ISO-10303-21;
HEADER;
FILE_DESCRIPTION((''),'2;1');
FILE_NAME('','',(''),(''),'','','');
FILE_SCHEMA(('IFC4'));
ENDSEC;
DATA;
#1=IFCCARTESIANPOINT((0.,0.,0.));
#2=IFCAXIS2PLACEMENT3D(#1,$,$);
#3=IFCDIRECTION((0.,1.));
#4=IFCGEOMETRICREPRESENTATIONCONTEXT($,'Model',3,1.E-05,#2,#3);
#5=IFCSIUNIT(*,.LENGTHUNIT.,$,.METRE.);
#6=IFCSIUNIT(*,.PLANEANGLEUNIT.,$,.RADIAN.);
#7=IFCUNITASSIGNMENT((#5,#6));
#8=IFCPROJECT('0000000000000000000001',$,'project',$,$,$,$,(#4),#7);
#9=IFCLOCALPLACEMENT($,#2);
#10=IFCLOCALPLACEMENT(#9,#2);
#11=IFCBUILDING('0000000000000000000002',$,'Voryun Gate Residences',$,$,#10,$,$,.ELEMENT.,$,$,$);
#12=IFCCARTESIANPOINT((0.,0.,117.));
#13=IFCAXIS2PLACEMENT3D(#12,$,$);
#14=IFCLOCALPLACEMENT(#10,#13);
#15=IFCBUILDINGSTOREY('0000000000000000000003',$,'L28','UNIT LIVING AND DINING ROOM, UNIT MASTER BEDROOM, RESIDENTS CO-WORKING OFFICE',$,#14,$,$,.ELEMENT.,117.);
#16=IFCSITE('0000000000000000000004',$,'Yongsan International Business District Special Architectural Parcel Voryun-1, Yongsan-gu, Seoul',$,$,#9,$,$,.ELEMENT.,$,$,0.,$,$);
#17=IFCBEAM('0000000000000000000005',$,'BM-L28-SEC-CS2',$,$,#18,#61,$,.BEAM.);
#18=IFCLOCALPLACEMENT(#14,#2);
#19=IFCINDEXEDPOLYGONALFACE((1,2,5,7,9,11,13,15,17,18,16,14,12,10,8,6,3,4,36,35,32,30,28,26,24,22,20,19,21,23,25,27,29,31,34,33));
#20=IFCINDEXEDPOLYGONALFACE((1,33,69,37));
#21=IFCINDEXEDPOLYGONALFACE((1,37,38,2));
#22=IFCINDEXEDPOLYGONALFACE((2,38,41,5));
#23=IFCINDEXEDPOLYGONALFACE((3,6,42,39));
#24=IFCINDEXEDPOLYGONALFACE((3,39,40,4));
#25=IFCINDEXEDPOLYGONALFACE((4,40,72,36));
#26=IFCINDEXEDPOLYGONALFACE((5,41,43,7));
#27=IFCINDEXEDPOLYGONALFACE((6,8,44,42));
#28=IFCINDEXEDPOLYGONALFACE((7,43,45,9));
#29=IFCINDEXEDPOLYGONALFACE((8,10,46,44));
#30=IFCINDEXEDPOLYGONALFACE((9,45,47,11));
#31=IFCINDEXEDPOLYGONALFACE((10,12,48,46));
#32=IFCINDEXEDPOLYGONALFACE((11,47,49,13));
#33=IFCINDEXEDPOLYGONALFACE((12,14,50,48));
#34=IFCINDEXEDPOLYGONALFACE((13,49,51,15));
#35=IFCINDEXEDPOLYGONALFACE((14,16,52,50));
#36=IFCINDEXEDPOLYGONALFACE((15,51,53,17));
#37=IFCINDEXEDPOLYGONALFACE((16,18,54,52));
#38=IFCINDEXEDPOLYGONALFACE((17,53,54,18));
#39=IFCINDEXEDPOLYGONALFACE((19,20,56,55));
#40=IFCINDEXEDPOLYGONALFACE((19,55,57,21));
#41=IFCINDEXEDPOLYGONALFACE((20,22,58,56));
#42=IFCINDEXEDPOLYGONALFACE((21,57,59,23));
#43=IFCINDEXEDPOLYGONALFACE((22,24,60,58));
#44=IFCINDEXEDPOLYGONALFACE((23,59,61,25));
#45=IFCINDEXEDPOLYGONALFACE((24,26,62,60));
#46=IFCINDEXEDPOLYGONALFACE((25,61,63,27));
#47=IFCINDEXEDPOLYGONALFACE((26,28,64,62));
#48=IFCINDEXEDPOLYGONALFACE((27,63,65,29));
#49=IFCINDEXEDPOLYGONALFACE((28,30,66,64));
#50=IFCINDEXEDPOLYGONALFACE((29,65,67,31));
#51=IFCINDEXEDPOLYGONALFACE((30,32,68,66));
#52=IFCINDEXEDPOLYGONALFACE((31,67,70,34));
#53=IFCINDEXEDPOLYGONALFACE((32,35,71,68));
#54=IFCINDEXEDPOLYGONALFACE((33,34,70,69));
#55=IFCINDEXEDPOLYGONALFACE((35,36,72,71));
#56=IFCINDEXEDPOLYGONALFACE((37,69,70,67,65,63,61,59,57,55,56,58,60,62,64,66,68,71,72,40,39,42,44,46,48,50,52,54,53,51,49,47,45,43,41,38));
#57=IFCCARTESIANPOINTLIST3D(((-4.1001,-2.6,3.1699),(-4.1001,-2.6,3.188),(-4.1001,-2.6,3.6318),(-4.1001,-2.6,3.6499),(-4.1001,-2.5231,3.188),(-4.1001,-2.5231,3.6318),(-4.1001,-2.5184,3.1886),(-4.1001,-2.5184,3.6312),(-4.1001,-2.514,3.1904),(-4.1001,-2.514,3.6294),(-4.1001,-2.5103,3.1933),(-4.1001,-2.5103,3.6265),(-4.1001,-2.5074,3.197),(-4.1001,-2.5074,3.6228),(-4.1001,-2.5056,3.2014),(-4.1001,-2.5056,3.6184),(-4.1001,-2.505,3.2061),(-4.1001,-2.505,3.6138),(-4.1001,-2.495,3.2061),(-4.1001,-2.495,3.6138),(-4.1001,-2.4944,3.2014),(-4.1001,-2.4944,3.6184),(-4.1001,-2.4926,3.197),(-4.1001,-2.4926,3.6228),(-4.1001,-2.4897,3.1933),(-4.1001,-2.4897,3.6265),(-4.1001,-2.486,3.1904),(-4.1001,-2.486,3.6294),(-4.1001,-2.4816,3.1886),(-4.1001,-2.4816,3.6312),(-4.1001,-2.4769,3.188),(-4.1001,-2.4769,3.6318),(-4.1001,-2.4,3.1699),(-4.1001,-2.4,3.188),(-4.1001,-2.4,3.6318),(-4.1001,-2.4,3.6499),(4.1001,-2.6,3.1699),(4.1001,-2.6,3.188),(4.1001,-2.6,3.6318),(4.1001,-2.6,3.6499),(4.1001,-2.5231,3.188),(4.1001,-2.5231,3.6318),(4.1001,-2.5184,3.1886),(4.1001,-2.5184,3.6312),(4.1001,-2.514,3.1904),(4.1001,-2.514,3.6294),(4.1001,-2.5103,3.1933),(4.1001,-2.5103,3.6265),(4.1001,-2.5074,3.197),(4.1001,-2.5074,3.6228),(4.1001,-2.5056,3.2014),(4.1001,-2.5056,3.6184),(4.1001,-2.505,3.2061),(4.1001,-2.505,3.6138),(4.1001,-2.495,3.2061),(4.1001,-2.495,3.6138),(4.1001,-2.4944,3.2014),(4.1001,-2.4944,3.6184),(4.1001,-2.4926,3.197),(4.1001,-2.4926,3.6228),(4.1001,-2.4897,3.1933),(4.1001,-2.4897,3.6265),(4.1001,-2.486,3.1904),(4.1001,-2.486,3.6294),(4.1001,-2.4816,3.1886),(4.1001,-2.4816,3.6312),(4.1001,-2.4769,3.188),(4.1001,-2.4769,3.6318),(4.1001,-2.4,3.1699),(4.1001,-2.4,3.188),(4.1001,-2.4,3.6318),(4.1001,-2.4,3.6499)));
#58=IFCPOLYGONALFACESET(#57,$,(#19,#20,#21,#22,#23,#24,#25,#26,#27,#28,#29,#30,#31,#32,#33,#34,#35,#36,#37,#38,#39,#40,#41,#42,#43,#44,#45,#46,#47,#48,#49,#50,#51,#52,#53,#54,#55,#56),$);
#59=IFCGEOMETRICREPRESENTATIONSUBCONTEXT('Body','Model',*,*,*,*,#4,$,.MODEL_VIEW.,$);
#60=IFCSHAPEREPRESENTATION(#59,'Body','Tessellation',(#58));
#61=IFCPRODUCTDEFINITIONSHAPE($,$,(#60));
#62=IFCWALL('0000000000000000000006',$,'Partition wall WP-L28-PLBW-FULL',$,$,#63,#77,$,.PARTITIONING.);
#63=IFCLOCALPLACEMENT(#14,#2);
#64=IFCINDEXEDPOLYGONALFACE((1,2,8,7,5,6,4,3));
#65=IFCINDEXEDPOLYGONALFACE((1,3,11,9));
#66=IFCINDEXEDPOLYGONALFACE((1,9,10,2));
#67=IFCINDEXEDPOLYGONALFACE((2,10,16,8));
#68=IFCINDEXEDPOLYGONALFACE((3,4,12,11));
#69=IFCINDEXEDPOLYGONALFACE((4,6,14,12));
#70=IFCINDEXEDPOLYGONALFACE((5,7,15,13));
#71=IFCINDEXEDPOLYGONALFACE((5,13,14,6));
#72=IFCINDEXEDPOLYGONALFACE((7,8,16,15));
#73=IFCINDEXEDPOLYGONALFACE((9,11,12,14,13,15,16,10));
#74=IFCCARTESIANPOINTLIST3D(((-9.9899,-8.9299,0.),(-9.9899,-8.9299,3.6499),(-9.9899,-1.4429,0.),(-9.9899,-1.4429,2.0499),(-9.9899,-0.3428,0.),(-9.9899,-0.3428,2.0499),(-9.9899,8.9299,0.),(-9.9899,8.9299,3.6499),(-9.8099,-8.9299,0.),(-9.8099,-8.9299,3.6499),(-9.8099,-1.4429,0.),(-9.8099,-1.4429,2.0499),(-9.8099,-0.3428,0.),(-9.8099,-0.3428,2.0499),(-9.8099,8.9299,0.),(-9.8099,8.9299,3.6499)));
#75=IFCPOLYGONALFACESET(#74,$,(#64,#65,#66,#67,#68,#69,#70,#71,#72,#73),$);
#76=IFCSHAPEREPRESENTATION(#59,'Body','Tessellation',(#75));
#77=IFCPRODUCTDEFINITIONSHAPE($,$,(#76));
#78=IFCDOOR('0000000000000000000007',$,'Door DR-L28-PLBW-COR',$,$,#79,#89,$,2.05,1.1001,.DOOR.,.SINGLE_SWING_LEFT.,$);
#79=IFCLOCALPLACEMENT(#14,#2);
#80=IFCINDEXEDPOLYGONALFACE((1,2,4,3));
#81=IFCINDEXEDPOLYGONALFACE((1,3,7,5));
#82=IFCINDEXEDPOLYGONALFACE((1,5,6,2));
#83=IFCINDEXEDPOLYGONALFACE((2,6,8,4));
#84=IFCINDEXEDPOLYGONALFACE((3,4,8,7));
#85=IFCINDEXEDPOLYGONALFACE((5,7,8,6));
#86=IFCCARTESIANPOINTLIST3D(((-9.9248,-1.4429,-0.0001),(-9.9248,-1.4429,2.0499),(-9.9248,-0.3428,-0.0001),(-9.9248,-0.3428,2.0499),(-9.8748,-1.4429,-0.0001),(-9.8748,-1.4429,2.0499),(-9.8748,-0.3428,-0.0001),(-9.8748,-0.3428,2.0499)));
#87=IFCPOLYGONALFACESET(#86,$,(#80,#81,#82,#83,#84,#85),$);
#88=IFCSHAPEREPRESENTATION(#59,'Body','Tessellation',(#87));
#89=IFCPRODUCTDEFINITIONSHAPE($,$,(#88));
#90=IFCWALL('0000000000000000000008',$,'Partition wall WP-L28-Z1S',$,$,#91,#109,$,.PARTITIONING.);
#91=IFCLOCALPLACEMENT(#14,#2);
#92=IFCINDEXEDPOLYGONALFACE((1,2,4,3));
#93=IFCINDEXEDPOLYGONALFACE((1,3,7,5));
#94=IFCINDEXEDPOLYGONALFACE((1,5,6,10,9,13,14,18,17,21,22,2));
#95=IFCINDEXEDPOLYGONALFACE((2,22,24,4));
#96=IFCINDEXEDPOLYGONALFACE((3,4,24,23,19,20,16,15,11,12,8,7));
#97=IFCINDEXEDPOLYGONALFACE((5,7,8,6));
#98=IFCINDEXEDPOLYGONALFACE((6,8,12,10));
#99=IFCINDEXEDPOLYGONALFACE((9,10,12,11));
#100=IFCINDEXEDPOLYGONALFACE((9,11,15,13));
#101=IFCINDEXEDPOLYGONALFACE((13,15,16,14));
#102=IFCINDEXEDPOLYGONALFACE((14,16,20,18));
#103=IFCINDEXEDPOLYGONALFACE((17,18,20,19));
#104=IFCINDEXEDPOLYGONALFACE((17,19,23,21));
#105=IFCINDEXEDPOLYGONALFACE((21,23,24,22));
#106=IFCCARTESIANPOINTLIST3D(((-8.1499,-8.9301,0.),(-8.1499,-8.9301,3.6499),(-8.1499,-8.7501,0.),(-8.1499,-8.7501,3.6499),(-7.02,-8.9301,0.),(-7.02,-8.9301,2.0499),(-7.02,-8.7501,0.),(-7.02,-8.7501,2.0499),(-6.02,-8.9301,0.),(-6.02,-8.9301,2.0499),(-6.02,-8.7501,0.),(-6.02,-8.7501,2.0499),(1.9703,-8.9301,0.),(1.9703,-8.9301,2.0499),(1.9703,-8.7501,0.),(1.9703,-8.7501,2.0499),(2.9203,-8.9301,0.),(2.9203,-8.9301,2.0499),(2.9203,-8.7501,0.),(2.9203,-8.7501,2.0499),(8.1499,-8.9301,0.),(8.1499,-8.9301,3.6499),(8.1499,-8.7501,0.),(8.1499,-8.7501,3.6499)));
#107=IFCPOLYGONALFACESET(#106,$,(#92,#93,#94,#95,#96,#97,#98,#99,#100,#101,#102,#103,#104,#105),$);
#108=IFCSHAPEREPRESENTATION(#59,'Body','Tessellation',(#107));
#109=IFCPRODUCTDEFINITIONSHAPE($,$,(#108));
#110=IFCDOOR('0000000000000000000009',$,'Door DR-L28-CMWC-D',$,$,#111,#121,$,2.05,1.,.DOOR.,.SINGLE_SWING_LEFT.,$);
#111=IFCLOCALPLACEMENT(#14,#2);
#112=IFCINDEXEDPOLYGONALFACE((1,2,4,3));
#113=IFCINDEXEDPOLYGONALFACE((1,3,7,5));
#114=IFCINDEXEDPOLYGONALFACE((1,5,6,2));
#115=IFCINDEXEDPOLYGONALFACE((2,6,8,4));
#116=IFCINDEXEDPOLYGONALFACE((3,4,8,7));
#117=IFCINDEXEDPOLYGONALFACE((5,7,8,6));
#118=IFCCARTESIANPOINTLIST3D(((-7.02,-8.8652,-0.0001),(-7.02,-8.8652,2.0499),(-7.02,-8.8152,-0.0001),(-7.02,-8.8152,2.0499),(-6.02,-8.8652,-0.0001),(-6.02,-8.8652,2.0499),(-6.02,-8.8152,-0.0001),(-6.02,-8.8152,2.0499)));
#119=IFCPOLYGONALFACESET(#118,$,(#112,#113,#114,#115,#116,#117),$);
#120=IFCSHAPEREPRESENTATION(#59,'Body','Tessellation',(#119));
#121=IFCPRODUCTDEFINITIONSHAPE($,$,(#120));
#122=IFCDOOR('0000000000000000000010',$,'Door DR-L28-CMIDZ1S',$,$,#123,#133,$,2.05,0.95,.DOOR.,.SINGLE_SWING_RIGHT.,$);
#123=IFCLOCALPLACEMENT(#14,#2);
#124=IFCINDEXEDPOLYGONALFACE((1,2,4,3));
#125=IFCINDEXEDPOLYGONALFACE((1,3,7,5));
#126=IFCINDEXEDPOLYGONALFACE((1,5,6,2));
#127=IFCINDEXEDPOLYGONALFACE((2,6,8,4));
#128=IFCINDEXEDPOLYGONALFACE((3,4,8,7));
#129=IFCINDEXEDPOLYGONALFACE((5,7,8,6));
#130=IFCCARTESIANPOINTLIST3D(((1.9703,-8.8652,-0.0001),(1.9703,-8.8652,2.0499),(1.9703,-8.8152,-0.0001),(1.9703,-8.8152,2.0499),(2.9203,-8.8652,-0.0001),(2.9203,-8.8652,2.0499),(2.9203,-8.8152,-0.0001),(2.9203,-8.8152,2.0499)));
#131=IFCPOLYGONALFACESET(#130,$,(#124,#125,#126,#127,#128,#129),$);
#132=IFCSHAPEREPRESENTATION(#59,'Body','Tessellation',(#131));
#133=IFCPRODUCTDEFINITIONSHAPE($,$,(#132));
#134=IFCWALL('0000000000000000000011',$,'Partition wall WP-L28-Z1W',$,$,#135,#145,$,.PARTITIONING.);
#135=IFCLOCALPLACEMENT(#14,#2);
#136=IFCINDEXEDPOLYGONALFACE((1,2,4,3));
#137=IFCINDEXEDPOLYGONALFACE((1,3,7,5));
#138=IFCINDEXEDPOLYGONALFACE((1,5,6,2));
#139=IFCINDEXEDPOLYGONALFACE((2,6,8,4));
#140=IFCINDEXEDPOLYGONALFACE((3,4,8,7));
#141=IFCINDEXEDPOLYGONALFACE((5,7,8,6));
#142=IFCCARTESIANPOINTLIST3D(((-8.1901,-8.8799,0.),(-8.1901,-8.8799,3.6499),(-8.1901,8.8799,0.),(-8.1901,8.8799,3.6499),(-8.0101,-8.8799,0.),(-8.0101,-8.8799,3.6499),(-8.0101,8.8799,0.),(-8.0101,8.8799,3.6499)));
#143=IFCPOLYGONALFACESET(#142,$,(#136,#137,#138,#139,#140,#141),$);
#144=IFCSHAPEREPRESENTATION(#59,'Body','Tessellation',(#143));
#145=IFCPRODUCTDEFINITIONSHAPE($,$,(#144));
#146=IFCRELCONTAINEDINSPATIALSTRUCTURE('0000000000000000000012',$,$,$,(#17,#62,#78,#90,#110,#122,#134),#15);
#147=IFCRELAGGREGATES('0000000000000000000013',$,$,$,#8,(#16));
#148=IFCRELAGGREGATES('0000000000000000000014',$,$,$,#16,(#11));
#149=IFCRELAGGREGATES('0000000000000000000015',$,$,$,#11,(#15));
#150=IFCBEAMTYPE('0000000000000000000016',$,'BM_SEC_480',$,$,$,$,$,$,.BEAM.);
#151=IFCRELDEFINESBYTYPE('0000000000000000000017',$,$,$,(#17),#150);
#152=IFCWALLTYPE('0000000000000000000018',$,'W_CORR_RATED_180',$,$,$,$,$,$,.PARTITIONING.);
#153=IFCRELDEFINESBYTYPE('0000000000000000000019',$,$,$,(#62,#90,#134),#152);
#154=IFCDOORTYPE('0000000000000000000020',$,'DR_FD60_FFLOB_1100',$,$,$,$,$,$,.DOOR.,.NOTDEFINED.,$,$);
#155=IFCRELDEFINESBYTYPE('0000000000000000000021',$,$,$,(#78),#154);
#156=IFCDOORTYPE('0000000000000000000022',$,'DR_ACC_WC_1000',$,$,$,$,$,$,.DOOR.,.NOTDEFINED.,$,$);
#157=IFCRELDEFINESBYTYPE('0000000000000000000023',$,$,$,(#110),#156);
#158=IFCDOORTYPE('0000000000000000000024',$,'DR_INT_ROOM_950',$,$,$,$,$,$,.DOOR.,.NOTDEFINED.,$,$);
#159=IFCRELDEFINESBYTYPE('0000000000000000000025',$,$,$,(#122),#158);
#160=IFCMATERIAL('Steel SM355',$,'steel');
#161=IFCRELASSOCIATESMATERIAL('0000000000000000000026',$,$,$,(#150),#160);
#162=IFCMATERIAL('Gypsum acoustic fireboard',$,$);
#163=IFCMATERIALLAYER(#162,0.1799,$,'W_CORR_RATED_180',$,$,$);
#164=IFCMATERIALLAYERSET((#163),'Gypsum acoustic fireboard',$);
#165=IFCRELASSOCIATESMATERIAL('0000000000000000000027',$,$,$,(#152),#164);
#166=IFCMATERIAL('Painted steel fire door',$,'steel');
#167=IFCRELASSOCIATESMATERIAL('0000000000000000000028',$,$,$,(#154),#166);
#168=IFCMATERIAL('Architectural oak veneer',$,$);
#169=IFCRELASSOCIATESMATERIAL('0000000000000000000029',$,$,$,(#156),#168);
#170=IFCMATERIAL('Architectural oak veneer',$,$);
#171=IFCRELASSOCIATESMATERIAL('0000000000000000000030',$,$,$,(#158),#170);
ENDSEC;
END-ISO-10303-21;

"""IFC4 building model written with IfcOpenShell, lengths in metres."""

from ifc_helpers import new_model, si_unit, direction, frame, frame_2d, origin, origin_2d, place, context, subcontext, project, spatial, rectangle, i_section, extrude, material, layer, layer_set, material_profile, profile_set, type_object, element, fill, save


model = new_model("IFC4")

# Units and contexts
model_context = context("Model", 3, precision=1e-05, world=origin(), true_north=direction((0.0, 1.0)))
body_context = subcontext(model_context, "Body", "Model", "MODEL_VIEW")
ifc_project = project(units=[si_unit("LENGTHUNIT", "METRE"), si_unit("PLANEANGLEUNIT", "RADIAN")], contexts=[model_context])

# Site, building, storey
site_placement = place(None, origin())
site = spatial("IfcSite", under=ifc_project, at=site_placement, Name="Yongsan International Business District Special Architectural Parcel Voryun-1, Yongsan-gu, Seoul", CompositionType="ELEMENT", RefElevation=0.0)
building_placement = place(site_placement, origin())
building = spatial("IfcBuilding", under=site, at=building_placement, Name="Voryun Gate Residences", CompositionType="ELEMENT")
storey_placement = place(building_placement, frame((0.0, 0.0, 117.0)))
storey = spatial("IfcBuildingStorey", under=building, at=storey_placement, Name="L28", Description="UNIT LIVING AND DINING ROOM, UNIT MASTER BEDROOM, RESIDENTS CO-WORKING OFFICE", CompositionType="ELEMENT", Elevation=117.0)

# Beam
ifc_material_1 = material(Name="Steel SM355", Category="steel")
ifc_material_profile_1 = material_profile(ifc_material_1, i_section(OverallWidth=0.2, OverallDepth=0.48, WebThickness=0.01, FlangeThickness=0.0181, FilletRadius=0.0181, at=origin_2d()), Name="H-480x200x10x18")
ifc_profile_set_1 = profile_set([ifc_material_profile_1], Name="Steel SM355")
beam_type_1 = type_object("IfcBeamType", Name="BM_SEC_480", PredefinedType="BEAM", material=ifc_profile_set_1)
beam_1_placement = place(storey_placement, frame((-4.1001, -2.5, 3.4099), z_axis=(1.0, 0.0, 0.0), x_axis=(0.0, 1.0, 0.0)))
element("IfcBeam", 1, at=beam_1_placement, inside=storey, type_object=beam_type_1, Name="BM-L28-SEC-CS2", PredefinedType="BEAM", context=body_context, shape_type="SweptSolid", body=[
    extrude(i_section(OverallWidth=0.2, OverallDepth=0.48, WebThickness=0.01, FlangeThickness=0.0181, FilletRadius=0.0181, at=origin_2d()), origin(), (0.0, 0.0, 1.0), 8.2002),
])

# Wall, opening, door
ifc_material_2 = material(Name="Gypsum acoustic fireboard")
ifc_layer_1 = layer(ifc_material_2, 0.1799, Name="W_CORR_RATED_180")
ifc_layer_set_1 = layer_set([ifc_layer_1], Name="Gypsum acoustic fireboard")
wall_type_1 = type_object("IfcWallType", Name="W_CORR_RATED_180", PredefinedType="PARTITIONING", material=ifc_layer_set_1)
wall_1_placement = place(storey_placement, frame((-9.8999, -8.9299, 0.0), z_axis=(0.0, 0.0, 1.0), x_axis=(0.0, 1.0, 0.0)))
wall_1 = element("IfcWall", 2, at=wall_1_placement, inside=storey, type_object=wall_type_1, Name="Partition wall WP-L28-PLBW-FULL", PredefinedType="PARTITIONING", context=body_context, shape_type="SweptSolid", body=[
    extrude(rectangle(XDim=17.8599, YDim=0.1799, at=frame_2d((8.9299, 0.0))), origin(), (0.0, 0.0, 1.0), 3.6499),
])
opening_1_placement = place(wall_1_placement, frame((7.4871, 0.0, 0.0)))
opening_1 = element("IfcOpeningElement", 3, at=opening_1_placement, cuts=wall_1, PredefinedType="OPENING", context=body_context, shape_type="SweptSolid", body=[
    extrude(rectangle(XDim=1.1001, YDim=2.05, at=frame_2d((0.55, 1.0249))), frame((0.0, 0.0999, 0.0), z_axis=(0.0, -1.0, 0.0), x_axis=(1.0, 0.0, 0.0)), (0.0, 0.0, 1.0), 0.2),
])
ifc_material_3 = material(Name="Painted steel fire door", Category="steel")
door_type_1 = type_object("IfcDoorType", Name="DR_FD60_FFLOB_1100", OperationType="NOTDEFINED", PredefinedType="DOOR", material=ifc_material_3)
door_1_placement = place(opening_1_placement, origin())
door_1 = element("IfcDoor", 4, at=door_1_placement, inside=storey, type_object=door_type_1, Name="Door DR-L28-PLBW-COR", OperationType="SINGLE_SWING_LEFT", OverallHeight=2.05, OverallWidth=1.1001, PredefinedType="DOOR", context=body_context, shape_type="SweptSolid", body=[
    extrude(rectangle(XDim=1.1001, YDim=2.05, at=frame_2d((0.55, 1.0249))), frame((0.0, 0.0249, 0.0), z_axis=(0.0, -1.0, 0.0), x_axis=(1.0, 0.0, 0.0)), (0.0, 0.0, 1.0), 0.05),
])
fill(opening_1, door_1)

# Wall, openings, doors
wall_2_placement = place(storey_placement, frame((-8.1499, -8.8401, 0.0), z_axis=(0.0, 0.0, 1.0), x_axis=(1.0, 0.0, 0.0)))
wall_2 = element("IfcWall", 5, at=wall_2_placement, inside=storey, type_object=wall_type_1, Name="Partition wall WP-L28-Z1S", PredefinedType="PARTITIONING", context=body_context, shape_type="SweptSolid", body=[
    extrude(rectangle(XDim=16.2998, YDim=0.1799, at=frame_2d((8.1499, 0.0))), origin(), (0.0, 0.0, 1.0), 3.6499),
])
opening_2_placement = place(wall_2_placement, frame((1.1299, 0.0, 0.0)))
opening_2 = element("IfcOpeningElement", 6, at=opening_2_placement, cuts=wall_2, PredefinedType="OPENING", context=body_context, shape_type="SweptSolid", body=[
    extrude(rectangle(XDim=1.0, YDim=2.05, at=frame_2d((0.5, 1.0249))), frame((0.0, 0.0999, 0.0), z_axis=(0.0, -1.0, 0.0), x_axis=(1.0, 0.0, 0.0)), (0.0, 0.0, 1.0), 0.2),
])
opening_3_placement = place(wall_2_placement, frame((10.1201, 0.0, 0.0)))
opening_3 = element("IfcOpeningElement", 7, at=opening_3_placement, cuts=wall_2, PredefinedType="OPENING", context=body_context, shape_type="SweptSolid", body=[
    extrude(rectangle(XDim=0.95, YDim=2.05, at=frame_2d((0.4751, 1.0249))), frame((0.0, 0.0999, 0.0), z_axis=(0.0, -1.0, 0.0), x_axis=(1.0, 0.0, 0.0)), (0.0, 0.0, 1.0), 0.2),
])
ifc_material_4 = material(Name="Architectural oak veneer")
door_type_2 = type_object("IfcDoorType", Name="DR_ACC_WC_1000", OperationType="NOTDEFINED", PredefinedType="DOOR", material=ifc_material_4)
door_2_placement = place(opening_2_placement, origin())
door_2 = element("IfcDoor", 8, at=door_2_placement, inside=storey, type_object=door_type_2, Name="Door DR-L28-CMWC-D", OperationType="SINGLE_SWING_LEFT", OverallHeight=2.05, OverallWidth=1.0, PredefinedType="DOOR", context=body_context, shape_type="SweptSolid", body=[
    extrude(rectangle(XDim=1.0, YDim=2.05, at=frame_2d((0.5, 1.0249))), frame((0.0, 0.0249, 0.0), z_axis=(0.0, -1.0, 0.0), x_axis=(1.0, 0.0, 0.0)), (0.0, 0.0, 1.0), 0.05),
])
fill(opening_2, door_2)
ifc_material_5 = material(Name="Architectural oak veneer")
door_type_3 = type_object("IfcDoorType", Name="DR_INT_ROOM_950", OperationType="NOTDEFINED", PredefinedType="DOOR", material=ifc_material_5)
door_3_placement = place(opening_3_placement, origin())
door_3 = element("IfcDoor", 9, at=door_3_placement, inside=storey, type_object=door_type_3, Name="Door DR-L28-CMIDZ1S", OperationType="SINGLE_SWING_RIGHT", OverallHeight=2.05, OverallWidth=0.95, PredefinedType="DOOR", context=body_context, shape_type="SweptSolid", body=[
    extrude(rectangle(XDim=0.95, YDim=2.05, at=frame_2d((0.4751, 1.0249))), frame((0.0, 0.0249, 0.0), z_axis=(0.0, -1.0, 0.0), x_axis=(1.0, 0.0, 0.0)), (0.0, 0.0, 1.0), 0.05),
])
fill(opening_3, door_3)

# Wall
wall_3_placement = place(storey_placement, frame((-8.1001, -8.8799, 0.0), z_axis=(0.0, 0.0, 1.0), x_axis=(0.0, 1.0, 0.0)))
element("IfcWall", 10, at=wall_3_placement, inside=storey, type_object=wall_type_1, Name="Partition wall WP-L28-Z1W", PredefinedType="PARTITIONING", context=body_context, shape_type="SweptSolid", body=[
    extrude(rectangle(XDim=17.7598, YDim=0.1799, at=frame_2d((8.8799, 0.0))), origin(), (0.0, 0.0, 1.0), 3.6499),
])

save(model, "model.ifc")
